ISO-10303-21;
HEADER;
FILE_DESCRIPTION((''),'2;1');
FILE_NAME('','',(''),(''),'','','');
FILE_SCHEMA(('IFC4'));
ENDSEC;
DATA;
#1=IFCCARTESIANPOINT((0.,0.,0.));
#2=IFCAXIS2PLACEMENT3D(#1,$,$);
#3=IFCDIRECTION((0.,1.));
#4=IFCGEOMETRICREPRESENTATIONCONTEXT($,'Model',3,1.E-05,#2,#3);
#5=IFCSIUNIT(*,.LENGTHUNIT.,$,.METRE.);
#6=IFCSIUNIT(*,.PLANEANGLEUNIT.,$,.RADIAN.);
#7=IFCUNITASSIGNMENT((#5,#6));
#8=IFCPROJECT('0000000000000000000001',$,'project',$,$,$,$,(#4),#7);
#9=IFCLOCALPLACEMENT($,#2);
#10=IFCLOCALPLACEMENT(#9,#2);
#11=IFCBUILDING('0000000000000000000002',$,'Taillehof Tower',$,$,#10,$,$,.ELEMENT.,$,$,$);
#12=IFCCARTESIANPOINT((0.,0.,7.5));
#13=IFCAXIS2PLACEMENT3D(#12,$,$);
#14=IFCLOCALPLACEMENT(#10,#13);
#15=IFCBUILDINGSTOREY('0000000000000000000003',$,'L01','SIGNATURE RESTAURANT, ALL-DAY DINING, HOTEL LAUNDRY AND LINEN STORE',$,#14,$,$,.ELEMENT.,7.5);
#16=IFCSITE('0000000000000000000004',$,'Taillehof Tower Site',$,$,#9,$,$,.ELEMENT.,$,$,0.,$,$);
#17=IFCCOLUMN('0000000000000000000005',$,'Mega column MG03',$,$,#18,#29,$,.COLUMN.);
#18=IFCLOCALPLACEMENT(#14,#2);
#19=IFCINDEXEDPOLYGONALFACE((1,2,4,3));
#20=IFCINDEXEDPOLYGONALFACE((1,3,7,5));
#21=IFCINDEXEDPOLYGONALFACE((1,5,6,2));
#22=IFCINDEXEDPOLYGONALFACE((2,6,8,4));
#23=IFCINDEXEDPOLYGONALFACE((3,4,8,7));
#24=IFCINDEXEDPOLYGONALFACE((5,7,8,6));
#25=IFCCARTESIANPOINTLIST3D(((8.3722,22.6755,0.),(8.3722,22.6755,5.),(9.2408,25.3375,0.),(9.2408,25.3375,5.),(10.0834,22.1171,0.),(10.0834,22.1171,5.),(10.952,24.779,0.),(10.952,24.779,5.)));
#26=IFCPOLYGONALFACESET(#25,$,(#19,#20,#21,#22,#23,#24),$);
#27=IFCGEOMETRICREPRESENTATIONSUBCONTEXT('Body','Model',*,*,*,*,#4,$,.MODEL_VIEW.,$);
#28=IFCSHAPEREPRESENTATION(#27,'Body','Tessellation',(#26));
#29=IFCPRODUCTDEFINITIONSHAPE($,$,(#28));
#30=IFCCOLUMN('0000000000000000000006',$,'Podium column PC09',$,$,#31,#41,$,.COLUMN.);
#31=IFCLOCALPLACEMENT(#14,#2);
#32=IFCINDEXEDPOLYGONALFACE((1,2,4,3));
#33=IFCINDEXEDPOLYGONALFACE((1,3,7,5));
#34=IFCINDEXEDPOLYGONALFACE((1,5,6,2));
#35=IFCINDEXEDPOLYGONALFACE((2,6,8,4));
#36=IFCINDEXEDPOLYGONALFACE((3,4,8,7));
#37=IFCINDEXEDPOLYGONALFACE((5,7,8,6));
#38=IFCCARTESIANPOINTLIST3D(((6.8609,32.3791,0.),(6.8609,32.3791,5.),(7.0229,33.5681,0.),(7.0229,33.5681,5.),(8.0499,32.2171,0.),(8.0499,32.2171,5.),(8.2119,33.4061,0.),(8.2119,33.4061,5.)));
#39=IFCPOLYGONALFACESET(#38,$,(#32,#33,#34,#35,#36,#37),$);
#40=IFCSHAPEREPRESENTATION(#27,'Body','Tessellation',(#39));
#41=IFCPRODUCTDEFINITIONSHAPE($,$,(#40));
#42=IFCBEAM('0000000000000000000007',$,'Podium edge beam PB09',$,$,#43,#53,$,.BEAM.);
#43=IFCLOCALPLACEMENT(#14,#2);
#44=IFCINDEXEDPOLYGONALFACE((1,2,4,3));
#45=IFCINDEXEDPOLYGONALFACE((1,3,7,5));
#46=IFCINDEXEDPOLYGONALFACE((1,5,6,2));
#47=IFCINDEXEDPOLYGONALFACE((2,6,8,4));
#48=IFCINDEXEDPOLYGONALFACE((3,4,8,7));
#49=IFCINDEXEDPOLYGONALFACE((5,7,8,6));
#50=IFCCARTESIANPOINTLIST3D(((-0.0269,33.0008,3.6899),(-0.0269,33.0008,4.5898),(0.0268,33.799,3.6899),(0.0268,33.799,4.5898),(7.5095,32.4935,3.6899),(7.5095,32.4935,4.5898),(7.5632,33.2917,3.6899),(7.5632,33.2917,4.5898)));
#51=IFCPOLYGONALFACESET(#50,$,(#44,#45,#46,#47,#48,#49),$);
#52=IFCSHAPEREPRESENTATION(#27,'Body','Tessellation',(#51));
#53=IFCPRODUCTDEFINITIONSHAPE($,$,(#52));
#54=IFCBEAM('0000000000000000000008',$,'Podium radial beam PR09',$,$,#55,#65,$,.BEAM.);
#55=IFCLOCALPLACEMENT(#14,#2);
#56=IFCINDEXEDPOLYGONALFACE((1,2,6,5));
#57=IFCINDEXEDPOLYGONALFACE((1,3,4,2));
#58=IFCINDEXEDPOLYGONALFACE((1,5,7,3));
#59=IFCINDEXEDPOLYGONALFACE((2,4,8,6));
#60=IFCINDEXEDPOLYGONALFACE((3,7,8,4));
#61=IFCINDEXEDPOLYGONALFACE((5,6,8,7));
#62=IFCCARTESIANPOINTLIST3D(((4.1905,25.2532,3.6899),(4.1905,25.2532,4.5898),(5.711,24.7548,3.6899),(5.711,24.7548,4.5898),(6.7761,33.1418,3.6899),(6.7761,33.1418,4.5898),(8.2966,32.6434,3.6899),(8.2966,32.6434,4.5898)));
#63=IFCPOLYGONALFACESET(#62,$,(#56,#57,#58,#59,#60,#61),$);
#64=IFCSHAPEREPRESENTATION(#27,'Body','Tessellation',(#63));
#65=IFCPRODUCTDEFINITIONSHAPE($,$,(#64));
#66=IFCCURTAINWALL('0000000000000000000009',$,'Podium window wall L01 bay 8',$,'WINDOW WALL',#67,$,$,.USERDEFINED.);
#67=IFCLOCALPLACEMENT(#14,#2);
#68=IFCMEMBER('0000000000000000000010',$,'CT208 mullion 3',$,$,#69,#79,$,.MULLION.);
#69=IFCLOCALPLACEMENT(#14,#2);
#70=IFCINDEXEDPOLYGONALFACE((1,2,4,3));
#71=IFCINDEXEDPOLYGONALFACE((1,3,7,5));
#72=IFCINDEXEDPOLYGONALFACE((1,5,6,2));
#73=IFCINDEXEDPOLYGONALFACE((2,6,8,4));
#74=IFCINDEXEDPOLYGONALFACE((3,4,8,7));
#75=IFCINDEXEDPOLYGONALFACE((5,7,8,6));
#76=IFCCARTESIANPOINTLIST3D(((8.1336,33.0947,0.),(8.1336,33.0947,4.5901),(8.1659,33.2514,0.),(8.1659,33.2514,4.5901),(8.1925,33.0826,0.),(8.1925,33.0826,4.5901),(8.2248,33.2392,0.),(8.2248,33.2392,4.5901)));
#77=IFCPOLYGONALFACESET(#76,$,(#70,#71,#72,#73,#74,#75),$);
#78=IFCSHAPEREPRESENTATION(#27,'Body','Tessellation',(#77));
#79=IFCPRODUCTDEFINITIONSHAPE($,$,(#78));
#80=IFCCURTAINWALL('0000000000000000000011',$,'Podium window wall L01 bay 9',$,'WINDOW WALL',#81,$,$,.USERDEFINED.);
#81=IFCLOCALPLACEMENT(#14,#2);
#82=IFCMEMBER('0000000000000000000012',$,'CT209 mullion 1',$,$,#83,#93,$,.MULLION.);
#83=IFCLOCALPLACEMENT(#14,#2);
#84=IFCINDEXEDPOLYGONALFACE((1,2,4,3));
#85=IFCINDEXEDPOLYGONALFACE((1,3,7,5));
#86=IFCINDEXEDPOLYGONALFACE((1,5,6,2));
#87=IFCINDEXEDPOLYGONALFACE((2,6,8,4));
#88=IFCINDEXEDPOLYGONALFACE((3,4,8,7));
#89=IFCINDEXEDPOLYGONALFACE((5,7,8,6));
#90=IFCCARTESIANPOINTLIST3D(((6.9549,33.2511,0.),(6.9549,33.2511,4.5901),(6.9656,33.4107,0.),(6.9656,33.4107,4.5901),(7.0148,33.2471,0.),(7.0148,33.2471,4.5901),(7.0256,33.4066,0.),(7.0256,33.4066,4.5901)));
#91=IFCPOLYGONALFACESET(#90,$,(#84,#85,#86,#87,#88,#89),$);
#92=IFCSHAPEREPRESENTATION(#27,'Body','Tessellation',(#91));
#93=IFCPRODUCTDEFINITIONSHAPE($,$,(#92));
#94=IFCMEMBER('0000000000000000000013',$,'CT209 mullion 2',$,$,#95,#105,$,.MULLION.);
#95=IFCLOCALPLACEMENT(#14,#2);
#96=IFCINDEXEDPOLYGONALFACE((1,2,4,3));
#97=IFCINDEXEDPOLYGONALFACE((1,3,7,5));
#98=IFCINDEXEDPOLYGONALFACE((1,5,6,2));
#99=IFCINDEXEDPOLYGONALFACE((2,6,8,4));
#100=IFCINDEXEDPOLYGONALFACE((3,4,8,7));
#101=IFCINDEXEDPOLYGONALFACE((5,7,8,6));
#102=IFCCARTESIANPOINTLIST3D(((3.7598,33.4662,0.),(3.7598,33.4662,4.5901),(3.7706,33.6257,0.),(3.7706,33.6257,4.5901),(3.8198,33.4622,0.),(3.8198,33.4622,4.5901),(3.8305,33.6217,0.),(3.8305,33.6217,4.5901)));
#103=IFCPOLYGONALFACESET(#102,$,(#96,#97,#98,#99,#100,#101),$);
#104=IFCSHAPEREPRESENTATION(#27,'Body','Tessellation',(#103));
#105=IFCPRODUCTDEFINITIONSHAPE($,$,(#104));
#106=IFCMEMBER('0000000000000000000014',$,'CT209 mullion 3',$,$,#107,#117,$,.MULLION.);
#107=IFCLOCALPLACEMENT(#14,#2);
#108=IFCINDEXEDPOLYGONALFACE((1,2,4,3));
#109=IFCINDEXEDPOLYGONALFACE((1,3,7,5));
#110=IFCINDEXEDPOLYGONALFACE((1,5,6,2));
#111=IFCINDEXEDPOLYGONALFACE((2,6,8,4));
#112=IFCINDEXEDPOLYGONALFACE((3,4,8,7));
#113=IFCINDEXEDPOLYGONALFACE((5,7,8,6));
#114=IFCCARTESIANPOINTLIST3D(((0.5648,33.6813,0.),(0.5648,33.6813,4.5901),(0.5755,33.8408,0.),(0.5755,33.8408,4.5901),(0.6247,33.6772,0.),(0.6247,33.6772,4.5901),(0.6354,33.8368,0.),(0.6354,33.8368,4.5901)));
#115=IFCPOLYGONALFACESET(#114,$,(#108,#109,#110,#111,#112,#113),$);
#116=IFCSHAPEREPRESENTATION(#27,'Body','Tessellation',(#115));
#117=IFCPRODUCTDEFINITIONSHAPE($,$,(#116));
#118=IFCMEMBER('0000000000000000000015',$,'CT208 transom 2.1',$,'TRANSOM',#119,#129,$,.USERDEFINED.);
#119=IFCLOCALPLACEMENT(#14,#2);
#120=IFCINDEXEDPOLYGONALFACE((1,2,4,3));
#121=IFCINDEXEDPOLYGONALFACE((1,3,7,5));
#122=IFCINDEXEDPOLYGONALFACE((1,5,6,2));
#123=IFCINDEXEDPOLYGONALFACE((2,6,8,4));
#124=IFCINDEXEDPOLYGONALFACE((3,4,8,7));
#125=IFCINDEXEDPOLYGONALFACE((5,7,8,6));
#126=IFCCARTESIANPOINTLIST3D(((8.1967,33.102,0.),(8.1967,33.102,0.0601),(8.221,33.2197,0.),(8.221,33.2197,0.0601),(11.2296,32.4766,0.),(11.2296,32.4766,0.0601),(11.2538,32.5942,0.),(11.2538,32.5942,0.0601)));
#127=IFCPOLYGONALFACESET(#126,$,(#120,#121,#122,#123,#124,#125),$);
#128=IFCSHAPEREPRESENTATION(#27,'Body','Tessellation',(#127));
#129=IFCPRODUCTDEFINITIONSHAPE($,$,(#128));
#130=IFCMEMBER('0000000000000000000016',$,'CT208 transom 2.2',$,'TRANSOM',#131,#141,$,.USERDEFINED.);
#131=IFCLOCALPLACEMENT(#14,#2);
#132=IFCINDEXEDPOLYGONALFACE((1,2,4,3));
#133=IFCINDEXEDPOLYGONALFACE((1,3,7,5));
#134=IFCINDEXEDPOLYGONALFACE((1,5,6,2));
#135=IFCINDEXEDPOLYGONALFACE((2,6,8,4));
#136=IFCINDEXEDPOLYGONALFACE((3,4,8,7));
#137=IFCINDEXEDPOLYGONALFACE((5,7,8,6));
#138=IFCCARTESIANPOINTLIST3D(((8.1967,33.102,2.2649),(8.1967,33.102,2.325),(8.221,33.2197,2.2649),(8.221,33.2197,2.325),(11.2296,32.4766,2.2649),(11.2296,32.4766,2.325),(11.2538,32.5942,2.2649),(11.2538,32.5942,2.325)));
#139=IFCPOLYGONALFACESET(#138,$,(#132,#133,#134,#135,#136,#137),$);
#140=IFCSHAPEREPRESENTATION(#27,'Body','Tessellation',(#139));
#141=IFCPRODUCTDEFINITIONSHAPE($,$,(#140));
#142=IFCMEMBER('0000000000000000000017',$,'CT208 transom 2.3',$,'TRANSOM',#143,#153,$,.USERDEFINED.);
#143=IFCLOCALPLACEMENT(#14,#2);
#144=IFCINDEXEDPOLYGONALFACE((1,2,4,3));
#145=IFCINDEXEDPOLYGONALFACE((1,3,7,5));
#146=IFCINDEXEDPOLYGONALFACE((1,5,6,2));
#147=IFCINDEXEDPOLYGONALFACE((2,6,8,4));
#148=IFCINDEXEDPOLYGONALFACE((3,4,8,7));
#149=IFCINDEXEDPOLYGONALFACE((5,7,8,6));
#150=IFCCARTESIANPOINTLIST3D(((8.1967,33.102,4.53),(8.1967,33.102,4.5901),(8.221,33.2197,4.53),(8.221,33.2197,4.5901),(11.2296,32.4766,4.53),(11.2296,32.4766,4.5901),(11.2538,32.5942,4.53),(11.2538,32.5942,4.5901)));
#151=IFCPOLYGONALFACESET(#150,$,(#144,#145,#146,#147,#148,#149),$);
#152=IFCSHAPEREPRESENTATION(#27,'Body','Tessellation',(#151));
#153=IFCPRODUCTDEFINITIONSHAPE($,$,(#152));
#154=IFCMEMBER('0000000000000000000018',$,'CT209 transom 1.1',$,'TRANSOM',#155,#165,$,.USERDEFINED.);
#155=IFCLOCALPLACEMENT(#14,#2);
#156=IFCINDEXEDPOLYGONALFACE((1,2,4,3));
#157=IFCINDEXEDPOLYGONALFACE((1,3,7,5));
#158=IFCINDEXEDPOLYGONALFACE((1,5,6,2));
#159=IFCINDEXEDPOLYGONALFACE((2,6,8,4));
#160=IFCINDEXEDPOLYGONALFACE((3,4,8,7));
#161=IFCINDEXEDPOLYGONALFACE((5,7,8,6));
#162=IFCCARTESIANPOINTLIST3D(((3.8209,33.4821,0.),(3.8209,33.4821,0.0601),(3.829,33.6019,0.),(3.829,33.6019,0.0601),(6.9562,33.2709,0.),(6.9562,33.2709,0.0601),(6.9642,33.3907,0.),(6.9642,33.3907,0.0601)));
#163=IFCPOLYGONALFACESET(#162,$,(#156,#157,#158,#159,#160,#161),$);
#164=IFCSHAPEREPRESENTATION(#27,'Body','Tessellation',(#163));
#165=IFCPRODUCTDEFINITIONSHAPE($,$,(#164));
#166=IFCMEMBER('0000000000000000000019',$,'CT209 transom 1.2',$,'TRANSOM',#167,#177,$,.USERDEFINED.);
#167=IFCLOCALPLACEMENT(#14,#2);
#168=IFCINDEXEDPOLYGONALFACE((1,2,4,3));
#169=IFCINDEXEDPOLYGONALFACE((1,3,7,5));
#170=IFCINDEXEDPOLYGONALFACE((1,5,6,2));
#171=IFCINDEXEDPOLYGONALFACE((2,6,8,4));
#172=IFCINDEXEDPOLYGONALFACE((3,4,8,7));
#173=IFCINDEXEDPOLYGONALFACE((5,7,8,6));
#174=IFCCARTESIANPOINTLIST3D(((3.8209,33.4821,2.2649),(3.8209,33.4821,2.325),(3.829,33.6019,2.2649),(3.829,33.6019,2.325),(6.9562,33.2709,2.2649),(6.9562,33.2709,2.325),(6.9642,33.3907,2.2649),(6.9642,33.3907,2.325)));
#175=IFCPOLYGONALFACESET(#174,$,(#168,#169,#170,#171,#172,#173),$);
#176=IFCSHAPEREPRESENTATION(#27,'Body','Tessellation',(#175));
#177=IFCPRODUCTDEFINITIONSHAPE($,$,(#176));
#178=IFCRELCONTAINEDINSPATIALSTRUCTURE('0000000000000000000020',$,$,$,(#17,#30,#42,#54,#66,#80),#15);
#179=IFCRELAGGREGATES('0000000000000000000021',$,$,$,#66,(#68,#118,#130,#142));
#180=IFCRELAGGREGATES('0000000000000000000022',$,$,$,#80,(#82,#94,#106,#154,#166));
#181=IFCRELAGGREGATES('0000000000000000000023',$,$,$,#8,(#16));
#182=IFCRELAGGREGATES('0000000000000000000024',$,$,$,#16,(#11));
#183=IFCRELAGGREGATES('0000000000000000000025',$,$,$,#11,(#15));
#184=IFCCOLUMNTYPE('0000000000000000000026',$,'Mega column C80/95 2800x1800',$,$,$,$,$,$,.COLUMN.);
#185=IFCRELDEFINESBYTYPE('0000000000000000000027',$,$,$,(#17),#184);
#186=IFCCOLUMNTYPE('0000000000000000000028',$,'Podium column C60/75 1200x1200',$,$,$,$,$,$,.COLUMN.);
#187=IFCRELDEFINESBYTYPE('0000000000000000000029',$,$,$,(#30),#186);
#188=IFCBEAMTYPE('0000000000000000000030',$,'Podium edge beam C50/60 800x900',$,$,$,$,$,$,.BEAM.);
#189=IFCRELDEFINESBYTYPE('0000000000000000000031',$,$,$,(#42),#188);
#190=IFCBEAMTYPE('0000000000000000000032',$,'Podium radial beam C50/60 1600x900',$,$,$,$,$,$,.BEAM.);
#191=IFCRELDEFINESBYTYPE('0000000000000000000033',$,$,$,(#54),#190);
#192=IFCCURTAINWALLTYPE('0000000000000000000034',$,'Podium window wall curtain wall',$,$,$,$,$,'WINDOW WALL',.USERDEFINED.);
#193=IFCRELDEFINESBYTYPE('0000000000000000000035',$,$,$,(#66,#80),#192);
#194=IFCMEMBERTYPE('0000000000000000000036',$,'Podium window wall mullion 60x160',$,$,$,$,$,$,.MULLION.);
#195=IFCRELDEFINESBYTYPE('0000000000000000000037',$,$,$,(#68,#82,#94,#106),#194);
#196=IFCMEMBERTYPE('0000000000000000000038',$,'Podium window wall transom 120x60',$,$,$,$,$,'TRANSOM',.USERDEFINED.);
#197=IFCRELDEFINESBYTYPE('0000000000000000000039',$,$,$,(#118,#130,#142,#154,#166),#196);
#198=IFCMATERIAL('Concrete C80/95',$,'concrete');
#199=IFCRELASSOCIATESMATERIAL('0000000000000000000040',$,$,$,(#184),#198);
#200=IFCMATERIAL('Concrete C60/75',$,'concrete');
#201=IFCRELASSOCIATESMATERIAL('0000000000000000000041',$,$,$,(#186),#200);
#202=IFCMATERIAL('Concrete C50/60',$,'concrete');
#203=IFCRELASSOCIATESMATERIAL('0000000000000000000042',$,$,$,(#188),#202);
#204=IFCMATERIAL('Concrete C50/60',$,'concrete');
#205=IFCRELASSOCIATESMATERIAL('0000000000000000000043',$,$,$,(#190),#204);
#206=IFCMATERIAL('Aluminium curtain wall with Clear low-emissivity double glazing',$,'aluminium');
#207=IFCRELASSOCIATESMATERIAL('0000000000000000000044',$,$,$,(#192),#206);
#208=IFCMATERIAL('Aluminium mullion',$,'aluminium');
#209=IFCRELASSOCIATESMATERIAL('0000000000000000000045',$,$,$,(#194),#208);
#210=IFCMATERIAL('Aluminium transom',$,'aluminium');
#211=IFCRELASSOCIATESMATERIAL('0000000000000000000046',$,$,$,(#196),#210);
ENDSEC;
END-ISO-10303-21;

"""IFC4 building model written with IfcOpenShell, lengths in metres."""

from ifc_helpers import new_model, si_unit, direction, frame, origin, origin_2d, place, context, subcontext, project, spatial, rectangle, extrude, material, material_profile, profile_set, type_object, element, aggregate, save


model = new_model("IFC4")

# Units and contexts
model_context = context("Model", 3, precision=1e-05, world=origin(), true_north=direction((0.0, 1.0)))
body_context = subcontext(model_context, "Body", "Model", "MODEL_VIEW")
ifc_project = project(units=[si_unit("LENGTHUNIT", "METRE"), si_unit("PLANEANGLEUNIT", "RADIAN")], contexts=[model_context])

# Site, building, storey
site_placement = place(None, origin())
site = spatial("IfcSite", under=ifc_project, at=site_placement, Name="Taillehof Tower Site", CompositionType="ELEMENT", RefElevation=0.0)
building_placement = place(site_placement, origin())
building = spatial("IfcBuilding", under=site, at=building_placement, Name="Taillehof Tower", CompositionType="ELEMENT")
storey_placement = place(building_placement, frame((0.0, 0.0, 7.5)))
storey = spatial("IfcBuildingStorey", under=building, at=storey_placement, Name="L01", Description="SIGNATURE RESTAURANT, ALL-DAY DINING, HOTEL LAUNDRY AND LINEN STORE", CompositionType="ELEMENT", Elevation=7.5)

# Columns
ifc_material_1 = material(Name="Concrete C80/95", Category="concrete")
ifc_material_profile_1 = material_profile(ifc_material_1, rectangle(XDim=2.8, YDim=1.8, at=origin_2d()), Name="RC 2800x1800")
ifc_profile_set_1 = profile_set([ifc_material_profile_1], Name="Concrete C80/95")
column_type_1 = type_object("IfcColumnType", Name="Mega column C80/95 2800x1800", PredefinedType="COLUMN", material=ifc_profile_set_1)
column_1_placement = place(storey_placement, frame((9.6621, 23.7273, 0.0), z_axis=(0.0, 0.0, 1.0), x_axis=(0.310219, 0.950665, 0.0)))
element("IfcColumn", 1, at=column_1_placement, inside=storey, type_object=column_type_1, Name="Mega column MG03", PredefinedType="COLUMN", context=body_context, shape_type="SweptSolid", body=[
    extrude(rectangle(XDim=2.8, YDim=1.8, at=origin_2d()), origin(), (0.0, 0.0, 1.0), 5.0),
])
ifc_material_2 = material(Name="Concrete C60/75", Category="concrete")
ifc_material_profile_2 = material_profile(ifc_material_2, rectangle(XDim=1.2, YDim=1.2, at=origin_2d()), Name="RC 1200x1200")
ifc_profile_set_2 = profile_set([ifc_material_profile_2], Name="Concrete C60/75")
column_type_2 = type_object("IfcColumnType", Name="Podium column C60/75 1200x1200", PredefinedType="COLUMN", material=ifc_profile_set_2)
column_2_placement = place(storey_placement, frame((7.5364, 32.8926, 0.0), z_axis=(0.0, 0.0, 1.0), x_axis=(0.135005, 0.990845, 0.0)))
element("IfcColumn", 2, at=column_2_placement, inside=storey, type_object=column_type_2, Name="Podium column PC09", PredefinedType="COLUMN", context=body_context, shape_type="SweptSolid", body=[
    extrude(rectangle(XDim=1.2, YDim=1.2, at=origin_2d()), origin(), (0.0, 0.0, 1.0), 5.0),
])

# Beams
ifc_material_3 = material(Name="Concrete C50/60", Category="concrete")
ifc_material_profile_3 = material_profile(ifc_material_3, rectangle(XDim=0.8, YDim=0.8999, at=origin_2d()), Name="RC 800x900")
ifc_profile_set_3 = profile_set([ifc_material_profile_3], Name="Concrete C50/60")
beam_type_1 = type_object("IfcBeamType", Name="Podium edge beam C50/60 800x900", PredefinedType="BEAM", material=ifc_profile_set_3)
beam_1_placement = place(storey_placement, frame((7.5364, 32.8926, 4.1399), z_axis=(-0.997742, 0.067165, 0.0), x_axis=(-0.067165, -0.997742, 0.0)))
element("IfcBeam", 3, at=beam_1_placement, inside=storey, type_object=beam_type_1, Name="Podium edge beam PB09", PredefinedType="BEAM", context=body_context, shape_type="SweptSolid", body=[
    extrude(rectangle(XDim=0.8, YDim=0.8999, at=origin_2d()), origin(), (0.0, 0.0, 1.0), 7.5535),
])
ifc_material_4 = material(Name="Concrete C50/60", Category="concrete")
ifc_material_profile_4 = material_profile(ifc_material_4, rectangle(XDim=1.6001, YDim=0.8999, at=origin_2d()), Name="RC 1600x900")
ifc_profile_set_4 = profile_set([ifc_material_profile_4], Name="Concrete C50/60")
beam_type_2 = type_object("IfcBeamType", Name="Podium radial beam C50/60 1600x900", PredefinedType="BEAM", material=ifc_profile_set_4)
beam_2_placement = place(storey_placement, frame((7.5364, 32.8926, 4.1399), z_axis=(-0.311468, -0.950257, 0.0), x_axis=(0.950257, -0.311468, 0.0)))
element("IfcBeam", 4, at=beam_2_placement, inside=storey, type_object=beam_type_2, Name="Podium radial beam PR09", PredefinedType="BEAM", context=body_context, shape_type="SweptSolid", body=[
    extrude(rectangle(XDim=1.6001, YDim=0.8999, at=origin_2d()), origin(), (0.0, 0.0, 1.0), 8.3015),
])

# Curtain wall, member
ifc_material_5 = material(Name="Aluminium curtain wall with Clear low-emissivity double glazing", Category="aluminium")
curtain_wall_type = type_object("IfcCurtainWallType", Name="Podium window wall curtain wall", ElementType="WINDOW WALL", PredefinedType="USERDEFINED", material=ifc_material_5)
curtain_wall_1_placement = place(storey_placement, origin())
curtain_wall_1 = element("IfcCurtainWall", 5, at=curtain_wall_1_placement, inside=storey, type_object=curtain_wall_type, Name="Podium window wall L01 bay 8", ObjectType="WINDOW WALL", PredefinedType="USERDEFINED")
ifc_material_6 = material(Name="Aluminium mullion", Category="aluminium")
ifc_material_profile_5 = material_profile(ifc_material_6, rectangle(XDim=0.1599, YDim=0.0601, at=origin_2d()), Name="AL 60x160")
ifc_profile_set_5 = profile_set([ifc_material_profile_5], Name="Aluminium mullion")
member_type_1 = type_object("IfcMemberType", Name="Podium window wall mullion 60x160", PredefinedType="MULLION", material=ifc_profile_set_5)
member_1_placement = place(storey_placement, frame((8.1792, 33.167, 0.0), z_axis=(0.0, 0.0, 1.0), x_axis=(-0.201976, -0.97939, 0.0)))
member_1 = element("IfcMember", 6, at=member_1_placement, type_object=member_type_1, Name="CT208 mullion 3", PredefinedType="MULLION", context=body_context, shape_type="SweptSolid", body=[
    extrude(rectangle(XDim=0.1599, YDim=0.0601, at=origin_2d()), origin(), (0.0, 0.0, 1.0), 4.5901),
])

# Curtain wall, members
curtain_wall_2_placement = place(storey_placement, origin())
curtain_wall_2 = element("IfcCurtainWall", 7, at=curtain_wall_2_placement, inside=storey, type_object=curtain_wall_type, Name="Podium window wall L01 bay 9", ObjectType="WINDOW WALL", PredefinedType="USERDEFINED")
member_2_placement = place(storey_placement, frame((6.9902, 33.3289, 0.0), z_axis=(0.0, 0.0, 1.0), x_axis=(-0.067183, -0.997741, 0.0)))
member_2 = element("IfcMember", 8, at=member_2_placement, type_object=member_type_1, Name="CT209 mullion 1", PredefinedType="MULLION", context=body_context, shape_type="SweptSolid", body=[
    extrude(rectangle(XDim=0.1599, YDim=0.0601, at=origin_2d()), origin(), (0.0, 0.0, 1.0), 4.5901),
])
member_3_placement = place(storey_placement, frame((3.7952, 33.5439, 0.0), z_axis=(0.0, 0.0, 1.0), x_axis=(-0.067183, -0.997741, 0.0)))
member_3 = element("IfcMember", 9, at=member_3_placement, type_object=member_type_1, Name="CT209 mullion 2", PredefinedType="MULLION", context=body_context, shape_type="SweptSolid", body=[
    extrude(rectangle(XDim=0.1599, YDim=0.0601, at=origin_2d()), origin(), (0.0, 0.0, 1.0), 4.5901),
])
member_4_placement = place(storey_placement, frame((0.6001, 33.759, 0.0), z_axis=(0.0, 0.0, 1.0), x_axis=(-0.067183, -0.997741, 0.0)))
member_4 = element("IfcMember", 10, at=member_4_placement, type_object=member_type_1, Name="CT209 mullion 3", PredefinedType="MULLION", context=body_context, shape_type="SweptSolid", body=[
    extrude(rectangle(XDim=0.1599, YDim=0.0601, at=origin_2d()), origin(), (0.0, 0.0, 1.0), 4.5901),
])

# Members
ifc_material_7 = material(Name="Aluminium transom", Category="aluminium")
ifc_material_profile_6 = material_profile(ifc_material_7, rectangle(XDim=0.1201, YDim=0.0601, at=origin_2d()), Name="AL 120x60")
ifc_profile_set_6 = profile_set([ifc_material_profile_6], Name="Aluminium transom")
member_type_2 = type_object("IfcMemberType", Name="Podium window wall transom 120x60", ElementType="TRANSOM", PredefinedType="USERDEFINED", material=ifc_profile_set_6)
member_5_placement = place(storey_placement, frame((11.2417, 32.5354, 0.03), z_axis=(-0.97939, 0.20198, 0.0), x_axis=(-0.20198, -0.97939, 0.0)))
member_5 = element("IfcMember", 11, at=member_5_placement, type_object=member_type_2, Name="CT208 transom 2.1", ObjectType="TRANSOM", PredefinedType="USERDEFINED", context=body_context, shape_type="SweptSolid", body=[
    extrude(rectangle(XDim=0.1201, YDim=0.0601, at=origin_2d()), origin(), (0.0, 0.0, 1.0), 3.0967),
])
member_6_placement = place(storey_placement, frame((11.2417, 32.5354, 2.2949), z_axis=(-0.97939, 0.20198, 0.0), x_axis=(-0.20198, -0.97939, 0.0)))
member_6 = element("IfcMember", 12, at=member_6_placement, type_object=member_type_2, Name="CT208 transom 2.2", ObjectType="TRANSOM", PredefinedType="USERDEFINED", context=body_context, shape_type="SweptSolid", body=[
    extrude(rectangle(XDim=0.1201, YDim=0.0601, at=origin_2d()), origin(), (0.0, 0.0, 1.0), 3.0967),
])
member_7_placement = place(storey_placement, frame((11.2417, 32.5354, 4.5601), z_axis=(-0.97939, 0.20198, 0.0), x_axis=(-0.20198, -0.97939, 0.0)))
member_7 = element("IfcMember", 13, at=member_7_placement, type_object=member_type_2, Name="CT208 transom 2.3", ObjectType="TRANSOM", PredefinedType="USERDEFINED", context=body_context, shape_type="SweptSolid", body=[
    extrude(rectangle(XDim=0.1201, YDim=0.0601, at=origin_2d()), origin(), (0.0, 0.0, 1.0), 3.0967),
])
member_8_placement = place(storey_placement, frame((6.9602, 33.3308, 0.03), z_axis=(-0.997739, 0.067205, 0.0), x_axis=(-0.067205, -0.997739, 0.0)))
member_8 = element("IfcMember", 14, at=member_8_placement, type_object=member_type_2, Name="CT209 transom 1.1", ObjectType="TRANSOM", PredefinedType="USERDEFINED", context=body_context, shape_type="SweptSolid", body=[
    extrude(rectangle(XDim=0.1201, YDim=0.0601, at=origin_2d()), origin(), (0.0, 0.0, 1.0), 3.1423),
])
member_9_placement = place(storey_placement, frame((6.9602, 33.3308, 2.2949), z_axis=(-0.997739, 0.067205, 0.0), x_axis=(-0.067205, -0.997739, 0.0)))
member_9 = element("IfcMember", 15, at=member_9_placement, type_object=member_type_2, Name="CT209 transom 1.2", ObjectType="TRANSOM", PredefinedType="USERDEFINED", context=body_context, shape_type="SweptSolid", body=[
    extrude(rectangle(XDim=0.1201, YDim=0.0601, at=origin_2d()), origin(), (0.0, 0.0, 1.0), 3.1423),
])

aggregate(curtain_wall_1, [member_1, member_5, member_6, member_7])
aggregate(curtain_wall_2, [member_2, member_3, member_4, member_8, member_9])

save(model, "model.ifc")
